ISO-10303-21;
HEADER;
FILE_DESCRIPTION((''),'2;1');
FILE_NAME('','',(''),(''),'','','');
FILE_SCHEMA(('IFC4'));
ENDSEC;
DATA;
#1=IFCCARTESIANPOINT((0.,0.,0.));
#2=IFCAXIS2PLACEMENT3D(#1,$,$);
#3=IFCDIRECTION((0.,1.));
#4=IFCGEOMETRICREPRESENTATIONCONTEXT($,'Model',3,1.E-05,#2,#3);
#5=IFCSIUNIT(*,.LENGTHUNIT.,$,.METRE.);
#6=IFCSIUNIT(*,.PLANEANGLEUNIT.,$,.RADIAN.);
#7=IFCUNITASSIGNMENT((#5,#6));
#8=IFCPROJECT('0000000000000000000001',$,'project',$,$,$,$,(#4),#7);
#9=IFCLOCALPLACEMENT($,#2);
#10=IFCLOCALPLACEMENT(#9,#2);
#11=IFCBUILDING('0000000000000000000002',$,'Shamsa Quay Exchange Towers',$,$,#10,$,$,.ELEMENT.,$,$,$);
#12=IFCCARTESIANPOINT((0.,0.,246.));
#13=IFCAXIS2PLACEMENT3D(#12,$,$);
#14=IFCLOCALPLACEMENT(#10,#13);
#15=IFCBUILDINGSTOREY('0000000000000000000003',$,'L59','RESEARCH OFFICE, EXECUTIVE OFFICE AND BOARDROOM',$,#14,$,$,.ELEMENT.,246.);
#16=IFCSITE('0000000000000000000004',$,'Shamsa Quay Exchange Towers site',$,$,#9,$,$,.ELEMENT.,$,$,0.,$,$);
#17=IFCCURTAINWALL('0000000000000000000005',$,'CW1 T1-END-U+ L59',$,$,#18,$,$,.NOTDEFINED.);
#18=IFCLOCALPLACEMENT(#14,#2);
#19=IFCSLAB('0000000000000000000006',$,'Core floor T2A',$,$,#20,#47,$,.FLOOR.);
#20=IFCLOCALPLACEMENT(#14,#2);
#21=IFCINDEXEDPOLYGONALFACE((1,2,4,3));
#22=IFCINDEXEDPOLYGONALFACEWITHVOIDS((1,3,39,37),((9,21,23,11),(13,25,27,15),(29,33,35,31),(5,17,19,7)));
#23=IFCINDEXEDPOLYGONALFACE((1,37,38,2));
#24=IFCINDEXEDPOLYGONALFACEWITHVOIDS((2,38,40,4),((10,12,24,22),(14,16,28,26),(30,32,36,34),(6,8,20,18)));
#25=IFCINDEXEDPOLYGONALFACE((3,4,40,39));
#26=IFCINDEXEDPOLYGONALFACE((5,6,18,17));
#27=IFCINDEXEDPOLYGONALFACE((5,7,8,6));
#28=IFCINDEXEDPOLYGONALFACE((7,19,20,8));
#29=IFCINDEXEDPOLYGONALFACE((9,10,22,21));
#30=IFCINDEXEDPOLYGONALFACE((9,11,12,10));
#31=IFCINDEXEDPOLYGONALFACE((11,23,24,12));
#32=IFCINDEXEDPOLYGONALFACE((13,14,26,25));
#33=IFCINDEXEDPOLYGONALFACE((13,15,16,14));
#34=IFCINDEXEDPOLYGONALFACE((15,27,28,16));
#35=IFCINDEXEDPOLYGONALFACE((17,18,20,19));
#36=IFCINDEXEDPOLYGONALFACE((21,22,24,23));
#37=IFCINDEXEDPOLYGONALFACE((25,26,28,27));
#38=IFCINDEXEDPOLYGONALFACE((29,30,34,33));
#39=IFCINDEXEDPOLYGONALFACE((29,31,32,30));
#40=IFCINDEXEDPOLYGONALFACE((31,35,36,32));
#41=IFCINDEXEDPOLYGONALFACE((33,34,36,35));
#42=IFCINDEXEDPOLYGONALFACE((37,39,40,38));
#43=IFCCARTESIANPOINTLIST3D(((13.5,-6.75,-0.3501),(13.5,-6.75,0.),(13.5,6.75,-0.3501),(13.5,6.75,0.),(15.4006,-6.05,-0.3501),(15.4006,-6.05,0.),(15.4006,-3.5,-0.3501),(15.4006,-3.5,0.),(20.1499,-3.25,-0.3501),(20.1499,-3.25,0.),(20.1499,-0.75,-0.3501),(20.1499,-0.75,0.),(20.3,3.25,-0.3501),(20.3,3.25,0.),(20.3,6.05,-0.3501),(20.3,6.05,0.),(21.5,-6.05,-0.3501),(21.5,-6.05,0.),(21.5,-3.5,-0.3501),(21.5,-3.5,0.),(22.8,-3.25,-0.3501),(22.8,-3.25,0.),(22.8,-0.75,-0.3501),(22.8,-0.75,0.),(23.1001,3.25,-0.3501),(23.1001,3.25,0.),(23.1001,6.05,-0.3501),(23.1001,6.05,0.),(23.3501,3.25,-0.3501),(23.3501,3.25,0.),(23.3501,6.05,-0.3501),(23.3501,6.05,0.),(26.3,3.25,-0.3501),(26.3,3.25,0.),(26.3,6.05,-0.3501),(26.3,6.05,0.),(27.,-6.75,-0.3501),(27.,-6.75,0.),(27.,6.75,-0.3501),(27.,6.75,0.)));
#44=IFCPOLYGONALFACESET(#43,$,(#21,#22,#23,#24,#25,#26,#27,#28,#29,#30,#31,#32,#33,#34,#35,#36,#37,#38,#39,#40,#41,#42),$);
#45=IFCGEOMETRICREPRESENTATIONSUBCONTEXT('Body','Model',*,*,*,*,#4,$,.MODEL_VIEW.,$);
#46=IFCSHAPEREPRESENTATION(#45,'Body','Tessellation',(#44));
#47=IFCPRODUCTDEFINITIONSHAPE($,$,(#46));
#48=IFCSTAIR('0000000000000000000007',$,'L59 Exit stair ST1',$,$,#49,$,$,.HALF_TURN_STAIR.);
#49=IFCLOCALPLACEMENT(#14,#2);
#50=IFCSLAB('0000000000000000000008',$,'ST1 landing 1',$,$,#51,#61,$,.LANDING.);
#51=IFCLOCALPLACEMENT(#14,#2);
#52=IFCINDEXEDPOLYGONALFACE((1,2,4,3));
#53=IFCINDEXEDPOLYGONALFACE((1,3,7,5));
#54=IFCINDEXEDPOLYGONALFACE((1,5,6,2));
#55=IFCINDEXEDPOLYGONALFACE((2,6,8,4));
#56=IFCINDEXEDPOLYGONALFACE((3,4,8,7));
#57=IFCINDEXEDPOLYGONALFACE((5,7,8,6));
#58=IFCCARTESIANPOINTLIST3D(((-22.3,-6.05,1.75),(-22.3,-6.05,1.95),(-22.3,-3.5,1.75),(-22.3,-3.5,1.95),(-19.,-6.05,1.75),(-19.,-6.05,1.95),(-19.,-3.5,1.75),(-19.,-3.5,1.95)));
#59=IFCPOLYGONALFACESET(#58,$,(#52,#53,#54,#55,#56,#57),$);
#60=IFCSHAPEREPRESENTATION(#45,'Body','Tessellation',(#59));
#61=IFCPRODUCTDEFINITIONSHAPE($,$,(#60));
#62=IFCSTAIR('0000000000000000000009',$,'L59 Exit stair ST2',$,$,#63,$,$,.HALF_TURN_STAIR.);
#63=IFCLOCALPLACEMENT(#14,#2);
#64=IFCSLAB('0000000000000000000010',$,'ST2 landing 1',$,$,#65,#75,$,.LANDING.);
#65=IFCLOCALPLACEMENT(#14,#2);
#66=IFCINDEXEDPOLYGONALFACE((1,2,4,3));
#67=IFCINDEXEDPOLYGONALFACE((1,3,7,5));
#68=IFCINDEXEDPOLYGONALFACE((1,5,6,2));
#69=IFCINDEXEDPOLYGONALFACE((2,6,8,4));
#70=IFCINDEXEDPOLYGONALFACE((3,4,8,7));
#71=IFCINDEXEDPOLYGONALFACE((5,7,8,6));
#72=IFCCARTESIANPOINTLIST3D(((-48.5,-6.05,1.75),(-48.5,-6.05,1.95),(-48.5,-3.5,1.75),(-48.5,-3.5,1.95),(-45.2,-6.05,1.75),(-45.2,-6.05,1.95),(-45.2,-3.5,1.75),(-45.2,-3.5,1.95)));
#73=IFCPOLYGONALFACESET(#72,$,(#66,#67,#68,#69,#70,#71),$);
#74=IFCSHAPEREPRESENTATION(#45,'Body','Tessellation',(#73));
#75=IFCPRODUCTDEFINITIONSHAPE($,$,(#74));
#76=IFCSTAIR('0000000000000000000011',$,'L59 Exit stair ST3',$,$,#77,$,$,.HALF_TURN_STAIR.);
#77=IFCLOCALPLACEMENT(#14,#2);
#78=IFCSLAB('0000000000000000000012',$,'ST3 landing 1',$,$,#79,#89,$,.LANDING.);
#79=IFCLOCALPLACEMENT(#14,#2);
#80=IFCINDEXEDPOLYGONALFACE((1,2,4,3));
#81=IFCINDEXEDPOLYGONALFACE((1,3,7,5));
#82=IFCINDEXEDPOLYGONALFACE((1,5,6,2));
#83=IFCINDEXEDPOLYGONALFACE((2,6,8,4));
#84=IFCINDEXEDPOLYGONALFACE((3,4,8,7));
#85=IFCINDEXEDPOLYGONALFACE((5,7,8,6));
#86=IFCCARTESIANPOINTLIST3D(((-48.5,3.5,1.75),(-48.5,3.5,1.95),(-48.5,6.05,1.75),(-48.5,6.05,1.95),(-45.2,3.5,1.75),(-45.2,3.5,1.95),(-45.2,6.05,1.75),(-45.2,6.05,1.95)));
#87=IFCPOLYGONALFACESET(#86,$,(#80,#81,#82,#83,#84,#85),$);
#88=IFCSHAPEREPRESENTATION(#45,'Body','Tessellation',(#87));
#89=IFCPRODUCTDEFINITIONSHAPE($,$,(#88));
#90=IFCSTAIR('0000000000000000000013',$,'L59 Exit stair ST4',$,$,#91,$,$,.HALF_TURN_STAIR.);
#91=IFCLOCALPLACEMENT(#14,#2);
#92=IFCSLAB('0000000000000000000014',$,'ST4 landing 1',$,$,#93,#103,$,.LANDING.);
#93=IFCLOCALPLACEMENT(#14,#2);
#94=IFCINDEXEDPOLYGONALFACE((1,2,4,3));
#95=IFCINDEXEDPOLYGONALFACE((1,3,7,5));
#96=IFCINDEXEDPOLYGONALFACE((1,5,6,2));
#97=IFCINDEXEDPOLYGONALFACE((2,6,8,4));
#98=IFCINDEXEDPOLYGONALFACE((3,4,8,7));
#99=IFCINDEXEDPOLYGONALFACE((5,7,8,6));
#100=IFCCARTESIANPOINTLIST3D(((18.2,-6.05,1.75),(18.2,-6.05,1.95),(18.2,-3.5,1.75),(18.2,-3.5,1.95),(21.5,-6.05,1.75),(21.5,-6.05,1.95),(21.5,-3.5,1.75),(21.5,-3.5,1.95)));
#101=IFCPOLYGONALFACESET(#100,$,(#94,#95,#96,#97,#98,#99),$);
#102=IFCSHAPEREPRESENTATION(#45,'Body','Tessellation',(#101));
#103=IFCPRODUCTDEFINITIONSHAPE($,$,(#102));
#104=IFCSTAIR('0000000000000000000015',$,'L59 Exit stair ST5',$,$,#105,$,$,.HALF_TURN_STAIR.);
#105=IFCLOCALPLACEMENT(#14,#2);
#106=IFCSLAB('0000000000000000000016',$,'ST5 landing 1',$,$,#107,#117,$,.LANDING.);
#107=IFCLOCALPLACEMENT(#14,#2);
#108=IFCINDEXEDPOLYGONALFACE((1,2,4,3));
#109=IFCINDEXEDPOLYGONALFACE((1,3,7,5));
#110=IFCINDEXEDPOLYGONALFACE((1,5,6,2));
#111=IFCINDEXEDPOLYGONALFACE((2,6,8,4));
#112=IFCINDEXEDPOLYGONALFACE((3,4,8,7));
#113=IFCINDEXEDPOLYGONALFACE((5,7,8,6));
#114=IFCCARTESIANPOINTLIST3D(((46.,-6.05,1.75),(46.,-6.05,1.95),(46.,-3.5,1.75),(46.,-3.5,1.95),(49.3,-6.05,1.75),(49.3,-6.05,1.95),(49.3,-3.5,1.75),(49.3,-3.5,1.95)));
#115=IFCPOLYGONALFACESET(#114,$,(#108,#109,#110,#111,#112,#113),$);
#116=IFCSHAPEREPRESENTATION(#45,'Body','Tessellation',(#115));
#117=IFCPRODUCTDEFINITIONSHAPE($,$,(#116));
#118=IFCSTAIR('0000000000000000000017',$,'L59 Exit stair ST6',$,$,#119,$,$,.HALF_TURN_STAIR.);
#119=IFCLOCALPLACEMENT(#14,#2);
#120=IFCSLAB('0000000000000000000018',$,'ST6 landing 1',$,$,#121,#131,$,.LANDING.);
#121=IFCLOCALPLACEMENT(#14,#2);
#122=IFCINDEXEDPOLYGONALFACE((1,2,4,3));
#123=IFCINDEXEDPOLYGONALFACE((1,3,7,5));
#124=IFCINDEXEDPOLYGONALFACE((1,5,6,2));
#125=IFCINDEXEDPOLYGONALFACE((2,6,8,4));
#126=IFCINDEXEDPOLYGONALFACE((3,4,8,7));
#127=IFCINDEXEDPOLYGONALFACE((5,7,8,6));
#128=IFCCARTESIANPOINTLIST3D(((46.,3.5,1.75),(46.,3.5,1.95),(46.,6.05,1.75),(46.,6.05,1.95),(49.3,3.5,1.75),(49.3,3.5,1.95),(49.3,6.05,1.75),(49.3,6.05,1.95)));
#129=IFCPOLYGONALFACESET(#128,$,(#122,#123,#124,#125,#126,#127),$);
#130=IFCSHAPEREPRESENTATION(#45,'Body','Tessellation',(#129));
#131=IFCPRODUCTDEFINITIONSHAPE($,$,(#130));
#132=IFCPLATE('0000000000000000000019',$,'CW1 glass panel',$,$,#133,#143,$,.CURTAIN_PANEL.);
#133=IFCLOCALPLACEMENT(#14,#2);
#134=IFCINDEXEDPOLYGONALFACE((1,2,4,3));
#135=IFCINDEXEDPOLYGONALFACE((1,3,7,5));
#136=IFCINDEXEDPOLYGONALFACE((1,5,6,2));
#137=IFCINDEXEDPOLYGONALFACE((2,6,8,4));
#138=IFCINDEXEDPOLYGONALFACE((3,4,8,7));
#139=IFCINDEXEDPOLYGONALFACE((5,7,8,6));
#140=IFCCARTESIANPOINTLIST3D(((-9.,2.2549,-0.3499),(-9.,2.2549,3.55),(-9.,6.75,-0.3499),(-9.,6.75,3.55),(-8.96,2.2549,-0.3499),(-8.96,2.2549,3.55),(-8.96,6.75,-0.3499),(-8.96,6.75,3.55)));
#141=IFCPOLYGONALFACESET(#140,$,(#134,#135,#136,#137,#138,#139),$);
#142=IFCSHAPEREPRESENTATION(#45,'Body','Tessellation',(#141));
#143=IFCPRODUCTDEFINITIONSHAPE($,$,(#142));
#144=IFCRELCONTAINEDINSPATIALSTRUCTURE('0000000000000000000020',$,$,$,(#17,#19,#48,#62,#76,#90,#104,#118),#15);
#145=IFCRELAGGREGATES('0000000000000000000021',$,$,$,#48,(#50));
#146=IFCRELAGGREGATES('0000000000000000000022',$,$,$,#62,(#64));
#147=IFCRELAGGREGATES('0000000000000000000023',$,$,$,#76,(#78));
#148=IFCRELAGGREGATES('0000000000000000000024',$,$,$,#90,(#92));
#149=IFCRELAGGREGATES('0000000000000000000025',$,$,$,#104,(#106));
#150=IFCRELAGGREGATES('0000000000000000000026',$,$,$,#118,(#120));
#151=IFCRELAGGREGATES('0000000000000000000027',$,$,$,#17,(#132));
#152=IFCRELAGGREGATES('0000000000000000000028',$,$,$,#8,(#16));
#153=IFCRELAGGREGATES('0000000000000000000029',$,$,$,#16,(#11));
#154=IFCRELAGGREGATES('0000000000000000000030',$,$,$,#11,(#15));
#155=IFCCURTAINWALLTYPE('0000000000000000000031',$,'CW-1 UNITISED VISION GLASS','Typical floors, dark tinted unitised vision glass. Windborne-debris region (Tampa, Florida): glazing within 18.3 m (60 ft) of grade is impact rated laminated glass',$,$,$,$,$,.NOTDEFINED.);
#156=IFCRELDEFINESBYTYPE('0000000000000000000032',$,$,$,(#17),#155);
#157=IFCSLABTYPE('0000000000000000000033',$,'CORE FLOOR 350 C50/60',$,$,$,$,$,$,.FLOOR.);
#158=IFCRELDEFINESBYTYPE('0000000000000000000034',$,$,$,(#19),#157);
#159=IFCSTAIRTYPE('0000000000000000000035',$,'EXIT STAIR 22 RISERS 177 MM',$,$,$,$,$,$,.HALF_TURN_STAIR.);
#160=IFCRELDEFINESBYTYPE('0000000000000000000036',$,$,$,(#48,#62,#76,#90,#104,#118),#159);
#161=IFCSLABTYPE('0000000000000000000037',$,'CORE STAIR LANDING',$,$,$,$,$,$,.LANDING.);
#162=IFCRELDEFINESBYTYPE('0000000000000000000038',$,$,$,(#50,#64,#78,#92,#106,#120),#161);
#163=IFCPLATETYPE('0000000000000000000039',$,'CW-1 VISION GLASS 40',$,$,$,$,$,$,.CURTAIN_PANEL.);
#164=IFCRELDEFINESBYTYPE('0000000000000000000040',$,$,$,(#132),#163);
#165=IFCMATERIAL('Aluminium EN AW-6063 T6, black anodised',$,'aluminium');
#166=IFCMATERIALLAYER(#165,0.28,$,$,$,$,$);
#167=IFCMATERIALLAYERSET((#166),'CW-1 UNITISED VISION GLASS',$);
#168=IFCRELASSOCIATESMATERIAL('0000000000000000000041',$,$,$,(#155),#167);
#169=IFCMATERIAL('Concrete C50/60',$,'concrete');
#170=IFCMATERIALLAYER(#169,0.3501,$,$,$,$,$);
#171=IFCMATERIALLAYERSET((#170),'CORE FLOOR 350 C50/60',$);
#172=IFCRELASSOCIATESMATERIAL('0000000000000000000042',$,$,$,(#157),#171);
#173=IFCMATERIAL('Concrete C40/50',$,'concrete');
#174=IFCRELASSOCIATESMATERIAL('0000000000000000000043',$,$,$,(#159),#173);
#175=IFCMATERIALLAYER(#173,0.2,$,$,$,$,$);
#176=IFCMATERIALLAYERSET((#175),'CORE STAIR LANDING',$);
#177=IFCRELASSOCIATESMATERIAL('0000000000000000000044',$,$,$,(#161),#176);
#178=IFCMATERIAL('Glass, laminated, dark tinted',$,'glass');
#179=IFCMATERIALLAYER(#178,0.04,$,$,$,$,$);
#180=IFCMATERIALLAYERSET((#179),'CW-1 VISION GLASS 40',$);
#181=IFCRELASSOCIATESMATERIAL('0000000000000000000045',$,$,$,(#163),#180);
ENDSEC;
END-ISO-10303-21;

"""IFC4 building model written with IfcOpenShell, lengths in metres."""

from ifc_helpers import new_model, si_unit, direction, frame, origin, origin_2d, place, context, subcontext, project, spatial, polyline, rectangle, outline, extrude, material, layer, layer_set, type_object, element, aggregate, save


model = new_model("IFC4")

# Units and contexts
model_context = context("Model", 3, precision=1e-05, world=origin(), true_north=direction((0.0, 1.0)))
body_context = subcontext(model_context, "Body", "Model", "MODEL_VIEW")
ifc_project = project(units=[si_unit("LENGTHUNIT", "METRE"), si_unit("PLANEANGLEUNIT", "RADIAN")], contexts=[model_context])

# Site, building, storey
site_placement = place(None, origin())
site = spatial("IfcSite", under=ifc_project, at=site_placement, Name="Shamsa Quay Exchange Towers site", CompositionType="ELEMENT", RefElevation=0.0)
building_placement = place(site_placement, origin())
building = spatial("IfcBuilding", under=site, at=building_placement, Name="Shamsa Quay Exchange Towers", CompositionType="ELEMENT")
storey_placement = place(building_placement, frame((0.0, 0.0, 246.0)))
storey = spatial("IfcBuildingStorey", under=building, at=storey_placement, Name="L59", Description="RESEARCH OFFICE, EXECUTIVE OFFICE AND BOARDROOM", CompositionType="ELEMENT", Elevation=246.0)

# Curtain wall
ifc_material_1 = material(Name="Aluminium EN AW-6063 T6, black anodised", Category="aluminium")
ifc_layer_1 = layer(ifc_material_1, 0.28)
ifc_layer_set_1 = layer_set([ifc_layer_1], Name="CW-1 UNITISED VISION GLASS")
curtain_wall_type = type_object("IfcCurtainWallType", Name="CW-1 UNITISED VISION GLASS", Description="Typical floors, dark tinted unitised vision glass. Windborne-debris region (Tampa, Florida): glazing within 18.3 m (60 ft) of grade is impact rated laminated glass", PredefinedType="NOTDEFINED", material=ifc_layer_set_1)
curtain_wall_placement = place(storey_placement, origin())
curtain_wall = element("IfcCurtainWall", 1, at=curtain_wall_placement, inside=storey, type_object=curtain_wall_type, Name="CW1 T1-END-U+ L59", PredefinedType="NOTDEFINED")

# Slab
ifc_material_2 = material(Name="Concrete C50/60", Category="concrete")
ifc_layer_2 = layer(ifc_material_2, 0.3501)
ifc_layer_set_2 = layer_set([ifc_layer_2], Name="CORE FLOOR 350 C50/60")
slab_type_1 = type_object("IfcSlabType", Name="CORE FLOOR 350 C50/60", PredefinedType="FLOOR", material=ifc_layer_set_2)
slab_1_placement = place(storey_placement, frame((0.0, 0.0, -0.3501)))
element("IfcSlab", 2, at=slab_1_placement, inside=storey, type_object=slab_type_1, Name="Core floor T2A", PredefinedType="FLOOR", context=body_context, shape_type="SweptSolid", body=[
    extrude(outline(polyline([(13.5, -6.75), (27.0, -6.75), (27.0, 6.75), (13.5, 6.75), (13.5, -6.75)]), holes=[polyline([(15.4006, -6.05), (15.4006, -3.5), (21.5, -3.5), (21.5, -6.05), (15.4006, -6.05)]), polyline([(20.3, 3.25), (20.3, 6.05), (23.1001, 6.05), (23.1001, 3.25), (20.3, 3.25)]), polyline([(23.3501, 3.25), (23.3501, 6.05), (26.3, 6.05), (26.3, 3.25), (23.3501, 3.25)]), polyline([(20.1499, -3.25), (20.1499, -0.75), (22.8, -0.75), (22.8, -3.25), (20.1499, -3.25)])]), origin(), (0.0, 0.0, 1.0), 0.3501),
])

# Stairs, slabs
ifc_material_3 = material(Name="Concrete C40/50", Category="concrete")
stair_type = type_object("IfcStairType", Name="EXIT STAIR 22 RISERS 177 MM", PredefinedType="HALF_TURN_STAIR", material=ifc_material_3)
stair_1_placement = place(storey_placement, origin())
stair_1 = element("IfcStair", 3, at=stair_1_placement, inside=storey, type_object=stair_type, Name="L59 Exit stair ST1", PredefinedType="HALF_TURN_STAIR")
ifc_layer_3 = layer(ifc_material_3, 0.2)
ifc_layer_set_3 = layer_set([ifc_layer_3], Name="CORE STAIR LANDING")
slab_type_2 = type_object("IfcSlabType", Name="CORE STAIR LANDING", PredefinedType="LANDING", material=ifc_layer_set_3)
slab_2_placement = place(storey_placement, frame((0.0, 0.0, 1.75)))
slab_2 = element("IfcSlab", 4, at=slab_2_placement, type_object=slab_type_2, Name="ST1 landing 1", PredefinedType="LANDING", context=body_context, shape_type="SweptSolid", body=[
    extrude(outline(polyline([(-22.3, -6.05), (-19.0, -6.05), (-19.0, -3.5), (-22.3, -3.5), (-22.3, -6.05)])), origin(), (0.0, 0.0, 1.0), 0.2),
])
aggregate(stair_1, [slab_2])
stair_2_placement = place(storey_placement, origin())
stair_2 = element("IfcStair", 5, at=stair_2_placement, inside=storey, type_object=stair_type, Name="L59 Exit stair ST2", PredefinedType="HALF_TURN_STAIR")
slab_3_placement = place(storey_placement, frame((0.0, 0.0, 1.75)))
slab_3 = element("IfcSlab", 6, at=slab_3_placement, type_object=slab_type_2, Name="ST2 landing 1", PredefinedType="LANDING", context=body_context, shape_type="SweptSolid", body=[
    extrude(outline(polyline([(-45.2, -3.5), (-48.5, -3.5), (-48.5, -6.05), (-45.2, -6.05), (-45.2, -3.5)])), origin(), (0.0, 0.0, 1.0), 0.2),
])
aggregate(stair_2, [slab_3])
stair_3_placement = place(storey_placement, origin())
stair_3 = element("IfcStair", 7, at=stair_3_placement, inside=storey, type_object=stair_type, Name="L59 Exit stair ST3", PredefinedType="HALF_TURN_STAIR")
slab_4_placement = place(storey_placement, frame((0.0, 0.0, 1.75)))
slab_4 = element("IfcSlab", 8, at=slab_4_placement, type_object=slab_type_2, Name="ST3 landing 1", PredefinedType="LANDING", context=body_context, shape_type="SweptSolid", body=[
    extrude(outline(polyline([(-45.2, 6.05), (-48.5, 6.05), (-48.5, 3.5), (-45.2, 3.5), (-45.2, 6.05)])), origin(), (0.0, 0.0, 1.0), 0.2),
])
aggregate(stair_3, [slab_4])
stair_4_placement = place(storey_placement, origin())
stair_4 = element("IfcStair", 9, at=stair_4_placement, inside=storey, type_object=stair_type, Name="L59 Exit stair ST4", PredefinedType="HALF_TURN_STAIR")
slab_5_placement = place(storey_placement, frame((0.0, 0.0, 1.75)))
slab_5 = element("IfcSlab", 10, at=slab_5_placement, type_object=slab_type_2, Name="ST4 landing 1", PredefinedType="LANDING", context=body_context, shape_type="SweptSolid", body=[
    extrude(outline(polyline([(18.2, -6.05), (21.5, -6.05), (21.5, -3.5), (18.2, -3.5), (18.2, -6.05)])), origin(), (0.0, 0.0, 1.0), 0.2),
])
aggregate(stair_4, [slab_5])
stair_5_placement = place(storey_placement, origin())
stair_5 = element("IfcStair", 11, at=stair_5_placement, inside=storey, type_object=stair_type, Name="L59 Exit stair ST5", PredefinedType="HALF_TURN_STAIR")
slab_6_placement = place(storey_placement, frame((0.0, 0.0, 1.75)))
slab_6 = element("IfcSlab", 12, at=slab_6_placement, type_object=slab_type_2, Name="ST5 landing 1", PredefinedType="LANDING", context=body_context, shape_type="SweptSolid", body=[
    extrude(outline(polyline([(49.3, -3.5), (46.0, -3.5), (46.0, -6.05), (49.3, -6.05), (49.3, -3.5)])), origin(), (0.0, 0.0, 1.0), 0.2),
])
aggregate(stair_5, [slab_6])
stair_6_placement = place(storey_placement, origin())
stair_6 = element("IfcStair", 13, at=stair_6_placement, inside=storey, type_object=stair_type, Name="L59 Exit stair ST6", PredefinedType="HALF_TURN_STAIR")
slab_7_placement = place(storey_placement, frame((0.0, 0.0, 1.75)))
slab_7 = element("IfcSlab", 14, at=slab_7_placement, type_object=slab_type_2, Name="ST6 landing 1", PredefinedType="LANDING", context=body_context, shape_type="SweptSolid", body=[
    extrude(outline(polyline([(49.3, 6.05), (46.0, 6.05), (46.0, 3.5), (49.3, 3.5), (49.3, 6.05)])), origin(), (0.0, 0.0, 1.0), 0.2),
])
aggregate(stair_6, [slab_7])

# Plate
ifc_material_4 = material(Name="Glass, laminated, dark tinted", Category="glass")
ifc_layer_4 = layer(ifc_material_4, 0.04)
ifc_layer_set_4 = layer_set([ifc_layer_4], Name="CW-1 VISION GLASS 40")
plate_type = type_object("IfcPlateType", Name="CW-1 VISION GLASS 40", PredefinedType="CURTAIN_PANEL", material=ifc_layer_set_4)
plate_placement = place(storey_placement, frame((-8.98, 4.5024, -0.3499), z_axis=(0.0, 0.0, 1.0), x_axis=(0.0, 1.0, 0.0)))
plate = element("IfcPlate", 15, at=plate_placement, type_object=plate_type, Name="CW1 glass panel", PredefinedType="CURTAIN_PANEL", context=body_context, shape_type="SweptSolid", body=[
    extrude(rectangle(XDim=4.4951, YDim=0.04, at=origin_2d()), origin(), (0.0, 0.0, 1.0), 3.8999),
])
aggregate(curtain_wall, [plate])

save(model, "model.ifc")
